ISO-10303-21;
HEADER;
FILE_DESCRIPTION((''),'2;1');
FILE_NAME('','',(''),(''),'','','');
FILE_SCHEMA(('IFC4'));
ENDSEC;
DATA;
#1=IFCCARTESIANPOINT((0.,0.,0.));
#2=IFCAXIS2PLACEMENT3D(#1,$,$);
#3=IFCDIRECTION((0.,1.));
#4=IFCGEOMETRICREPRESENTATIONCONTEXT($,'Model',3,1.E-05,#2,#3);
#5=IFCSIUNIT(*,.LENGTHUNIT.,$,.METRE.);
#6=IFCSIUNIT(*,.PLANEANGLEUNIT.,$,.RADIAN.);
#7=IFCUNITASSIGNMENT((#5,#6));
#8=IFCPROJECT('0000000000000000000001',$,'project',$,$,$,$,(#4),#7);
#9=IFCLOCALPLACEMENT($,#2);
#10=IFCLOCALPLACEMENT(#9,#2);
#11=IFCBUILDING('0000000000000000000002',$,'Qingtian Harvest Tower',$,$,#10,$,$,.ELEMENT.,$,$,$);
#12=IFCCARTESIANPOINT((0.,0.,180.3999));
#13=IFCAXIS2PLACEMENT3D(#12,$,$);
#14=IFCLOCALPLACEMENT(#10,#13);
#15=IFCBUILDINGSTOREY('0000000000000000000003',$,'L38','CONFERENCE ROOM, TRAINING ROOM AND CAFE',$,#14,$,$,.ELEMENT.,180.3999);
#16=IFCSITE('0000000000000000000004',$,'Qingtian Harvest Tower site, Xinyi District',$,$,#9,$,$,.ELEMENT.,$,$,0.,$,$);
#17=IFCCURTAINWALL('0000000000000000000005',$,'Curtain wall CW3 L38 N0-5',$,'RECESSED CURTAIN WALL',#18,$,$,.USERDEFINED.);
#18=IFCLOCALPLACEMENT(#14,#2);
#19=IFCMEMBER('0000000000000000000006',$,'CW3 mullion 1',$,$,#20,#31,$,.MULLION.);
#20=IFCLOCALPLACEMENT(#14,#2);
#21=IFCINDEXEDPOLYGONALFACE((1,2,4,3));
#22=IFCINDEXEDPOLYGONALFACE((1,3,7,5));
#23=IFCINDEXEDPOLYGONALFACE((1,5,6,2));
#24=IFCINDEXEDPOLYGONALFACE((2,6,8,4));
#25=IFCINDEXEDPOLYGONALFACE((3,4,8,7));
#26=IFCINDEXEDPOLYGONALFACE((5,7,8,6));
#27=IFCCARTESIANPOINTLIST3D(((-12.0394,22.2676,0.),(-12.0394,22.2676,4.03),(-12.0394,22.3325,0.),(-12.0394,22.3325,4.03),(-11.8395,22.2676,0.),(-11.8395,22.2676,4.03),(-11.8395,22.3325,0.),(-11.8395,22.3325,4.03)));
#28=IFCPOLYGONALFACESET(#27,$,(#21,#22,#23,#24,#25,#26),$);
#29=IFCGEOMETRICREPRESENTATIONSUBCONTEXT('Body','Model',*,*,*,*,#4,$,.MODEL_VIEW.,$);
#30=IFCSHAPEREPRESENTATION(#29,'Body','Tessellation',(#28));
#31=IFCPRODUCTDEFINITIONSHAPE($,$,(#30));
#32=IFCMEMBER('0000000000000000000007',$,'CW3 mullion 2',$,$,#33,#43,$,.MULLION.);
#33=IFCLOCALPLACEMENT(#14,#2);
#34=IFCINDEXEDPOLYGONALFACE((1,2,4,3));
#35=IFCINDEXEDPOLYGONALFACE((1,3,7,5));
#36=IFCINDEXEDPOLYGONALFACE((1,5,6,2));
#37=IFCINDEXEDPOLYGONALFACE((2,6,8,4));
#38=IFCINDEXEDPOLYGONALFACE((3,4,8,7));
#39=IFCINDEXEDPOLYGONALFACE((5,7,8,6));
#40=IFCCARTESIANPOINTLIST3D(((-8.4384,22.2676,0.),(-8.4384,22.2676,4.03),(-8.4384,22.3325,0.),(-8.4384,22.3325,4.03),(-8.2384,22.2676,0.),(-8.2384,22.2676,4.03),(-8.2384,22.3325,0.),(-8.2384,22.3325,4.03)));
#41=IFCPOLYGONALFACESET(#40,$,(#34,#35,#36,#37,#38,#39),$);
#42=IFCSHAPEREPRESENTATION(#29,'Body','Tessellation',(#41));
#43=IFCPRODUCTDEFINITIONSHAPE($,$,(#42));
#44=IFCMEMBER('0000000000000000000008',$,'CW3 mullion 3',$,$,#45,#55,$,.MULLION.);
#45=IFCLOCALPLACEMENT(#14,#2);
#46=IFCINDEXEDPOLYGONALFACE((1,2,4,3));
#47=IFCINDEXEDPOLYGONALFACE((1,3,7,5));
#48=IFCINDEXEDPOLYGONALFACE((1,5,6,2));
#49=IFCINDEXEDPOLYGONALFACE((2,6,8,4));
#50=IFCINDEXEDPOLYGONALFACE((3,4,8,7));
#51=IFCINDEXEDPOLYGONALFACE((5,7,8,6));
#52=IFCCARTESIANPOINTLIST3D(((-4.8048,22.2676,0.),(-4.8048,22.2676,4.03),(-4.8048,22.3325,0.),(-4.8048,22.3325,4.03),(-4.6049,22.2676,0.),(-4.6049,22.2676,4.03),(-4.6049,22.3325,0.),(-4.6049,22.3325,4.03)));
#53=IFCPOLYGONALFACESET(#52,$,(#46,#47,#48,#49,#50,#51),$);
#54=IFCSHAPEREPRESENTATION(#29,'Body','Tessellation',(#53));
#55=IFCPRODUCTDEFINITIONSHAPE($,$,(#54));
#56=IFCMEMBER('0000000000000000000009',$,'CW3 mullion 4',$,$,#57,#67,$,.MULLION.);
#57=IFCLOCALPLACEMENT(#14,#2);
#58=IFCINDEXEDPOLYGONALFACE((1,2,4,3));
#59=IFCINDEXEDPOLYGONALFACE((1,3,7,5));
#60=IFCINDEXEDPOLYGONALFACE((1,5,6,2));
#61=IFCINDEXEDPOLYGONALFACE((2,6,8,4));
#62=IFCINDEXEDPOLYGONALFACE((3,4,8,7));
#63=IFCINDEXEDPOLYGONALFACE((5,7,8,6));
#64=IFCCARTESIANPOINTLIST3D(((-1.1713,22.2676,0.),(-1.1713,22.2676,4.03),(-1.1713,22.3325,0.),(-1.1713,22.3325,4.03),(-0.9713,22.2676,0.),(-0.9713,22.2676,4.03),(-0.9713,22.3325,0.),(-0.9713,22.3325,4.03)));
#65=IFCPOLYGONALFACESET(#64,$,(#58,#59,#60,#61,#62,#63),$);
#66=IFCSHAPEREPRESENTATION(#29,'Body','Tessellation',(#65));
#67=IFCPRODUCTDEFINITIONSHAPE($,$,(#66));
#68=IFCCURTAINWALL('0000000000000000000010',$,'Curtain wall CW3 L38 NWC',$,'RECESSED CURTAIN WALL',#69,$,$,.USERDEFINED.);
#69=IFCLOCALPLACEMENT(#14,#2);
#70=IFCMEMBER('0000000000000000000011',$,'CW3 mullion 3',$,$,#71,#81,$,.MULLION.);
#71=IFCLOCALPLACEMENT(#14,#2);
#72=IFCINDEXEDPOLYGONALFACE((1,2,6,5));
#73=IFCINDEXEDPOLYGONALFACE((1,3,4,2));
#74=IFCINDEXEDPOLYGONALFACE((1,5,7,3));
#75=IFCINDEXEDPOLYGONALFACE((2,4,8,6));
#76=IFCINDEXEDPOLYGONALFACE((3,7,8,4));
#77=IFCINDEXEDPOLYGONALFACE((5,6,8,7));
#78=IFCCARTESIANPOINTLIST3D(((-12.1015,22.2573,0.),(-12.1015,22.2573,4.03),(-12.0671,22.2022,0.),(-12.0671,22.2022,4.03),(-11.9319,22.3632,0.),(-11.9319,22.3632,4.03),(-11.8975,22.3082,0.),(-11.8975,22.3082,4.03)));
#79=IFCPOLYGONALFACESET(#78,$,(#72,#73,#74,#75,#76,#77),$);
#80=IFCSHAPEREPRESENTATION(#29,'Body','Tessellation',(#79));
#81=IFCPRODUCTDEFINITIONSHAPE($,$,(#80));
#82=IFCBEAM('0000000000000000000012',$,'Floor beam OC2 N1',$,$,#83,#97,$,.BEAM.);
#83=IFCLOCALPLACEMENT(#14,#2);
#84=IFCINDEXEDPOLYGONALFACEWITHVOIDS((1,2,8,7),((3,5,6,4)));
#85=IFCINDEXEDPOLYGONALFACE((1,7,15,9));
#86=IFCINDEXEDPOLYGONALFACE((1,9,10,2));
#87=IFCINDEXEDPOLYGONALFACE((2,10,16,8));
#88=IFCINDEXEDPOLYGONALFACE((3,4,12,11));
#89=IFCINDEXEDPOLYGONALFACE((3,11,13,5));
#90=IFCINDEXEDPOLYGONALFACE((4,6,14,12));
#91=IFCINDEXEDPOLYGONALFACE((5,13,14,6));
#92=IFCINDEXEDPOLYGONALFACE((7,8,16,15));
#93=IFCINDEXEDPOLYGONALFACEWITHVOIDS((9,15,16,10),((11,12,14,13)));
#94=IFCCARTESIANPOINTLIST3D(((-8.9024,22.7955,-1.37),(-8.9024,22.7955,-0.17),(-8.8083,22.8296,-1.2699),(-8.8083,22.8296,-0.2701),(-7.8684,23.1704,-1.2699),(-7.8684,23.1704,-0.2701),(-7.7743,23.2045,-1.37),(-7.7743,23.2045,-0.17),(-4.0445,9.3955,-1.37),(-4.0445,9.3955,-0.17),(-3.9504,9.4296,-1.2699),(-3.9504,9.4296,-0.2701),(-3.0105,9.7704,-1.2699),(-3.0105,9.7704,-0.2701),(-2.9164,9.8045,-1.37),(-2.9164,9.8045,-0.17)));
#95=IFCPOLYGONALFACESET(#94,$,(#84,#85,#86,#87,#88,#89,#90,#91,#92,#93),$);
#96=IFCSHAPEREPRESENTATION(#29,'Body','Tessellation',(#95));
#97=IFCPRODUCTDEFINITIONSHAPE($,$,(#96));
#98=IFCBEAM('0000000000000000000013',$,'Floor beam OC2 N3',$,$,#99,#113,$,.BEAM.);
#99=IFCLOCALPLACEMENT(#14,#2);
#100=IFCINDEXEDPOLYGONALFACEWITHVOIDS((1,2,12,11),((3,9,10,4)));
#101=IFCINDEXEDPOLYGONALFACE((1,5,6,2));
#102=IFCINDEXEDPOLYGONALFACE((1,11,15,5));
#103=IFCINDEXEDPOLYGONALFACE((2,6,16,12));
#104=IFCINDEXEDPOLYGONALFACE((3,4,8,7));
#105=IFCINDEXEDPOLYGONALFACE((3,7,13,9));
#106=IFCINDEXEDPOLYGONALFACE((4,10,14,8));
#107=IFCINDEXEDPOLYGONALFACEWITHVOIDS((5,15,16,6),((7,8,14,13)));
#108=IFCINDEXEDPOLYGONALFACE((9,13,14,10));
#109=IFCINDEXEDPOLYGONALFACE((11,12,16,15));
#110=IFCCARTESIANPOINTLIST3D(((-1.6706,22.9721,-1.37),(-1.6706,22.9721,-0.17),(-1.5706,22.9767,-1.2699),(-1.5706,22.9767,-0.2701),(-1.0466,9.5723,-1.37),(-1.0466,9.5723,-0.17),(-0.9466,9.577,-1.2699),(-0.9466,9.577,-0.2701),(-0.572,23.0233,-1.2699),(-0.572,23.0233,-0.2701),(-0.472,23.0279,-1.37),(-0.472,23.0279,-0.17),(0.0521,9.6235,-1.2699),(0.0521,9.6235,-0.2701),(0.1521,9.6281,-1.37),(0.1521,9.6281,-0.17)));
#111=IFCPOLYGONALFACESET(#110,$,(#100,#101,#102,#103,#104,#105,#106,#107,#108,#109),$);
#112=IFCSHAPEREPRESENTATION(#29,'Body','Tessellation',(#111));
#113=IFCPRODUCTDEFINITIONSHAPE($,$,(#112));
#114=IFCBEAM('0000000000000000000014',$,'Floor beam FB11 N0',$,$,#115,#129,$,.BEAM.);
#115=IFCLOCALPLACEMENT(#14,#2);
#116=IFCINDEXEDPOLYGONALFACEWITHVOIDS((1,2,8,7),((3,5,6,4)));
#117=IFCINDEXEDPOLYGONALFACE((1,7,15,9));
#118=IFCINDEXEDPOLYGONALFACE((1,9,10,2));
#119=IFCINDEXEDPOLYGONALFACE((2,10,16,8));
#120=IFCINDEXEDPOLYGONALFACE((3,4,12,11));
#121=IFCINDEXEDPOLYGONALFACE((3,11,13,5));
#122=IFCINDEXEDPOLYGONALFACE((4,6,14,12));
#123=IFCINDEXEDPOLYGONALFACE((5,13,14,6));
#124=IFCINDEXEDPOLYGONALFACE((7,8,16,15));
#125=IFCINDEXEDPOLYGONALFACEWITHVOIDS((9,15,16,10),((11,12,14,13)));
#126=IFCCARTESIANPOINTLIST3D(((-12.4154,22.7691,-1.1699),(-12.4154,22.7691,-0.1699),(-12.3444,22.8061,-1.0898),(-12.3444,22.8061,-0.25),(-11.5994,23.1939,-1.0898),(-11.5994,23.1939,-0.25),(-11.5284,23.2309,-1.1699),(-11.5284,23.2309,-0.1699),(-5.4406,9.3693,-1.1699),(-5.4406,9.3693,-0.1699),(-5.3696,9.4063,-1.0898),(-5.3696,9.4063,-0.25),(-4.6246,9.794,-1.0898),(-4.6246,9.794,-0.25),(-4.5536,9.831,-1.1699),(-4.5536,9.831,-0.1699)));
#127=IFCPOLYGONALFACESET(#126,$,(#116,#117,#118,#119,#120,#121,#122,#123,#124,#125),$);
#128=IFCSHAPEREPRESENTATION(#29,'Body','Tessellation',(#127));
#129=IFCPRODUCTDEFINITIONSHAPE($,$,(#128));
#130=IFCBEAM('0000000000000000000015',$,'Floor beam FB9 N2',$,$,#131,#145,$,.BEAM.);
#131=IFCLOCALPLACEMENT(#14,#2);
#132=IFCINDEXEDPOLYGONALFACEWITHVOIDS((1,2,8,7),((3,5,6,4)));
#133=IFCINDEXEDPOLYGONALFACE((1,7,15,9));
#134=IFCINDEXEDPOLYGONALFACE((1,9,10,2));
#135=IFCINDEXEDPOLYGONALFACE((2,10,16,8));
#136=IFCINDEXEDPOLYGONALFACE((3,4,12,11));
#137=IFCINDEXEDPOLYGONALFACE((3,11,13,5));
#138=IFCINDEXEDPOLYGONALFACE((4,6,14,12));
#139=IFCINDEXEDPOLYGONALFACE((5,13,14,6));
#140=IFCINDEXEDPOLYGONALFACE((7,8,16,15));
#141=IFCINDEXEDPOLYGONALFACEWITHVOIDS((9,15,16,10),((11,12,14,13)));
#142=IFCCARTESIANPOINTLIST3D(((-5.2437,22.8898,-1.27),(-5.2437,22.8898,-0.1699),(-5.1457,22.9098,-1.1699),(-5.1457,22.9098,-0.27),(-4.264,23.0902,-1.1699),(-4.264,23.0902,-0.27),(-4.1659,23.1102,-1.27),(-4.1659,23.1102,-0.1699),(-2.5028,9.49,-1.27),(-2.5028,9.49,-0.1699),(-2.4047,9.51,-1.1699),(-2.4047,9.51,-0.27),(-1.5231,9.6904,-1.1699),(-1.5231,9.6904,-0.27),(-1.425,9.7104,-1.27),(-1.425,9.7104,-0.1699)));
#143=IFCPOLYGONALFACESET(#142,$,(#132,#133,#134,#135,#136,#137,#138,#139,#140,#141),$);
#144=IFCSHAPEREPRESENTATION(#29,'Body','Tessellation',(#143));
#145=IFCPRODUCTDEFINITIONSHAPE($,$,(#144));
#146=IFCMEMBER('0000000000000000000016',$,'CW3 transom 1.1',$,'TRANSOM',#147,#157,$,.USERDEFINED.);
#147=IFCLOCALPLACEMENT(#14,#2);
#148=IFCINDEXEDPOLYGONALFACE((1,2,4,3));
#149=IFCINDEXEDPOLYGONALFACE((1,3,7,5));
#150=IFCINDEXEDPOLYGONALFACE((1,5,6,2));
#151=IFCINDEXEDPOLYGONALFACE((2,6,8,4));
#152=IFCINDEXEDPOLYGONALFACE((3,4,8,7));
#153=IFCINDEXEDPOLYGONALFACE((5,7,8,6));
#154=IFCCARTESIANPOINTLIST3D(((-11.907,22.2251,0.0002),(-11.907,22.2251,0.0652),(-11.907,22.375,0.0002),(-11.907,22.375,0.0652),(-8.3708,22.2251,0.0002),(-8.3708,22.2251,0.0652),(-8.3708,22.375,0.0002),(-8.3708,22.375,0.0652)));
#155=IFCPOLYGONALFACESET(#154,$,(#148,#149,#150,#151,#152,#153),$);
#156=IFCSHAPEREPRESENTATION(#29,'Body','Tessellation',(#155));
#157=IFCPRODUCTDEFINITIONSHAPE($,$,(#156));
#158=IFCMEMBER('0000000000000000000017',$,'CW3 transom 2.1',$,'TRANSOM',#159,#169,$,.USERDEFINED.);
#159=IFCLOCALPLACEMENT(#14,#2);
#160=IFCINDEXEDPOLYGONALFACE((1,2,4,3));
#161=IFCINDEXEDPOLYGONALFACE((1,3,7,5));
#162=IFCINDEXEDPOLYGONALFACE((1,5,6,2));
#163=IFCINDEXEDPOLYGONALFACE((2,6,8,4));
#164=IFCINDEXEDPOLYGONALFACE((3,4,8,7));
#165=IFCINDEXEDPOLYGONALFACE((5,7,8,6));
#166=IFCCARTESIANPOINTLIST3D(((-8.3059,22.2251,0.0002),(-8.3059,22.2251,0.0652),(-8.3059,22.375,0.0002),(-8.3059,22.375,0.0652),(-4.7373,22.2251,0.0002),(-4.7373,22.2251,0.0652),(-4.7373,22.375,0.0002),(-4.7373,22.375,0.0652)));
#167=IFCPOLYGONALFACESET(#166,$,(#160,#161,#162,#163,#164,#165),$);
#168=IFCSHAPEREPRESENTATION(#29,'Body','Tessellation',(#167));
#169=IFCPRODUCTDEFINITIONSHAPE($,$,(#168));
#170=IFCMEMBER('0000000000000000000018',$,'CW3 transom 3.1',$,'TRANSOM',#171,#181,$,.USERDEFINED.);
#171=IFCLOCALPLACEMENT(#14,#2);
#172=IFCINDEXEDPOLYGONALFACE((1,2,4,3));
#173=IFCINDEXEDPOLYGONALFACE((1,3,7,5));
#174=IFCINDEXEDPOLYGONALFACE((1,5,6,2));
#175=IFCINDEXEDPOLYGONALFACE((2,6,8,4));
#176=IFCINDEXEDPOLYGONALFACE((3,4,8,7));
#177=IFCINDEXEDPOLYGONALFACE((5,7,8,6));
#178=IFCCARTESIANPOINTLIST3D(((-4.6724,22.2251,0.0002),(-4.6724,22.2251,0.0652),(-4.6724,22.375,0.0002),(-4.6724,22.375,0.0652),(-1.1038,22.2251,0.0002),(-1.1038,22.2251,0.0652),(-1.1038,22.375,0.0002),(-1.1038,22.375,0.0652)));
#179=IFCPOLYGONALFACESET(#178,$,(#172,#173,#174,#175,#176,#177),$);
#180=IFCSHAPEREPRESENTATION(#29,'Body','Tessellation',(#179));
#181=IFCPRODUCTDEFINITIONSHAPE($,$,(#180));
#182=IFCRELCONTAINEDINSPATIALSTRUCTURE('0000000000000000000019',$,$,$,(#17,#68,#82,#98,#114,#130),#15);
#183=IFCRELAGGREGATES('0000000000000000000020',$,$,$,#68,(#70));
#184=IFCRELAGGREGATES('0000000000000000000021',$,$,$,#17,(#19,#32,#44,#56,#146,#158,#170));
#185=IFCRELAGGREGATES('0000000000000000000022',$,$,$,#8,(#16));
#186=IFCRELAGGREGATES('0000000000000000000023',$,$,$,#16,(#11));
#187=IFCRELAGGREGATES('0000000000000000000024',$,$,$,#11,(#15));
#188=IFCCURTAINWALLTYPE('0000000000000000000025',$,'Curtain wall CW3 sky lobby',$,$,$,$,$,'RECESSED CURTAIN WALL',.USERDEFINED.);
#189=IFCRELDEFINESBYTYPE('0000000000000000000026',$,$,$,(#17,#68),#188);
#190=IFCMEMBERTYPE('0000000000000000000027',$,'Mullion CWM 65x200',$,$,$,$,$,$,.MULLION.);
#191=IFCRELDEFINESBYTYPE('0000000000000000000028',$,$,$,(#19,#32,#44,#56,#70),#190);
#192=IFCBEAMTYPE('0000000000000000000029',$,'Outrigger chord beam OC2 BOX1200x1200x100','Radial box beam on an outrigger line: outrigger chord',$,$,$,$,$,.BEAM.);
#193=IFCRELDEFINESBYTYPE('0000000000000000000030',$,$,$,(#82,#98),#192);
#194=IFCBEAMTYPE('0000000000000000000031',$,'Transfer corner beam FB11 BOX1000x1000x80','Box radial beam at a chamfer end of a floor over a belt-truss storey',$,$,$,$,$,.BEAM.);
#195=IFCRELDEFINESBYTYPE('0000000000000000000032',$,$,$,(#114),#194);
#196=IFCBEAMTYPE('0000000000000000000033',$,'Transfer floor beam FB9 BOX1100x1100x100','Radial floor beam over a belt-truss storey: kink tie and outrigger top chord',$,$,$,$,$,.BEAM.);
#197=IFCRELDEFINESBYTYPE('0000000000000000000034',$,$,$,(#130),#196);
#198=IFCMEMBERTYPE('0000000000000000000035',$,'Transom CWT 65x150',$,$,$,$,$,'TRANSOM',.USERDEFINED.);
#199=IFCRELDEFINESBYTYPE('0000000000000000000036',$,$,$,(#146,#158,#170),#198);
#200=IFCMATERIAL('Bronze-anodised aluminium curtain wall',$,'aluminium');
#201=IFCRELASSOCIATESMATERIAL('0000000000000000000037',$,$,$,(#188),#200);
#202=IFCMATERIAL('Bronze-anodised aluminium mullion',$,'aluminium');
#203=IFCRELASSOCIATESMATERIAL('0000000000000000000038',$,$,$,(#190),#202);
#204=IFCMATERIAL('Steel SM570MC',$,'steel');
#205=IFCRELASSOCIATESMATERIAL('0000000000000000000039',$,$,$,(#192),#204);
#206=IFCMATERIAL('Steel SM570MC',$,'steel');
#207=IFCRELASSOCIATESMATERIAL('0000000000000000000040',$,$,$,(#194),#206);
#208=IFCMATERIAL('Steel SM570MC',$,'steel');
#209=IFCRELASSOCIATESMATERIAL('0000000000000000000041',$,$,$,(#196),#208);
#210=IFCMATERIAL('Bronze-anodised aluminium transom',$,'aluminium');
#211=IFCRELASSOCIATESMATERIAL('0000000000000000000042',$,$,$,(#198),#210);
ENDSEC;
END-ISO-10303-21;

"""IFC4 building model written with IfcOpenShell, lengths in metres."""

from ifc_helpers import new_model, si_unit, direction, frame, origin, origin_2d, place, context, subcontext, project, spatial, rectangle, hollow_rectangle, extrude, material, material_profile, profile_set, type_object, element, aggregate, save


model = new_model("IFC4")

# Units and contexts
model_context = context("Model", 3, precision=1e-05, world=origin(), true_north=direction((0.0, 1.0)))
body_context = subcontext(model_context, "Body", "Model", "MODEL_VIEW")
ifc_project = project(units=[si_unit("LENGTHUNIT", "METRE"), si_unit("PLANEANGLEUNIT", "RADIAN")], contexts=[model_context])

# Site, building, storey
site_placement = place(None, origin())
site = spatial("IfcSite", under=ifc_project, at=site_placement, Name="Qingtian Harvest Tower site, Xinyi District", CompositionType="ELEMENT", RefElevation=0.0)
building_placement = place(site_placement, origin())
building = spatial("IfcBuilding", under=site, at=building_placement, Name="Qingtian Harvest Tower", CompositionType="ELEMENT")
storey_placement = place(building_placement, frame((0.0, 0.0, 180.3999)))
storey = spatial("IfcBuildingStorey", under=building, at=storey_placement, Name="L38", Description="CONFERENCE ROOM, TRAINING ROOM AND CAFE", CompositionType="ELEMENT", Elevation=180.3999)

# Curtain wall, members
ifc_material_1 = material(Name="Bronze-anodised aluminium curtain wall", Category="aluminium")
curtain_wall_type = type_object("IfcCurtainWallType", Name="Curtain wall CW3 sky lobby", ElementType="RECESSED CURTAIN WALL", PredefinedType="USERDEFINED", material=ifc_material_1)
curtain_wall_1_placement = place(storey_placement, origin())
curtain_wall_1 = element("IfcCurtainWall", 1, at=curtain_wall_1_placement, inside=storey, type_object=curtain_wall_type, Name="Curtain wall CW3 L38 N0-5", ObjectType="RECESSED CURTAIN WALL", PredefinedType="USERDEFINED")
ifc_material_2 = material(Name="Bronze-anodised aluminium mullion", Category="aluminium")
ifc_material_profile_1 = material_profile(ifc_material_2, rectangle(XDim=0.0649, YDim=0.2, at=origin_2d()), Name="AL 65x200")
ifc_profile_set_1 = profile_set([ifc_material_profile_1], Name="Bronze-anodised aluminium mullion")
member_type_1 = type_object("IfcMemberType", Name="Mullion CWM 65x200", PredefinedType="MULLION", material=ifc_profile_set_1)
member_1_placement = place(storey_placement, frame((-11.9395, 22.3, 0.0), z_axis=(0.0, 0.0, 1.0), x_axis=(0.0, 1.0, 0.0)))
member_1 = element("IfcMember", 2, at=member_1_placement, type_object=member_type_1, Name="CW3 mullion 1", PredefinedType="MULLION", context=body_context, shape_type="SweptSolid", body=[
    extrude(rectangle(XDim=0.0649, YDim=0.2, at=origin_2d()), origin(), (0.0, 0.0, 1.0), 4.03),
])
member_2_placement = place(storey_placement, frame((-8.3384, 22.3, 0.0), z_axis=(0.0, 0.0, 1.0), x_axis=(0.0, 1.0, 0.0)))
member_2 = element("IfcMember", 3, at=member_2_placement, type_object=member_type_1, Name="CW3 mullion 2", PredefinedType="MULLION", context=body_context, shape_type="SweptSolid", body=[
    extrude(rectangle(XDim=0.0649, YDim=0.2, at=origin_2d()), origin(), (0.0, 0.0, 1.0), 4.03),
])
member_3_placement = place(storey_placement, frame((-4.7048, 22.3, 0.0), z_axis=(0.0, 0.0, 1.0), x_axis=(0.0, 1.0, 0.0)))
member_3 = element("IfcMember", 4, at=member_3_placement, type_object=member_type_1, Name="CW3 mullion 3", PredefinedType="MULLION", context=body_context, shape_type="SweptSolid", body=[
    extrude(rectangle(XDim=0.0649, YDim=0.2, at=origin_2d()), origin(), (0.0, 0.0, 1.0), 4.03),
])
member_4_placement = place(storey_placement, frame((-1.0713, 22.3, 0.0), z_axis=(0.0, 0.0, 1.0), x_axis=(0.0, 1.0, 0.0)))
member_4 = element("IfcMember", 5, at=member_4_placement, type_object=member_type_1, Name="CW3 mullion 4", PredefinedType="MULLION", context=body_context, shape_type="SweptSolid", body=[
    extrude(rectangle(XDim=0.0649, YDim=0.2, at=origin_2d()), origin(), (0.0, 0.0, 1.0), 4.03),
])

# Curtain wall, member
curtain_wall_2_placement = place(storey_placement, origin())
curtain_wall_2 = element("IfcCurtainWall", 6, at=curtain_wall_2_placement, inside=storey, type_object=curtain_wall_type, Name="Curtain wall CW3 L38 NWC", ObjectType="RECESSED CURTAIN WALL", PredefinedType="USERDEFINED")
member_5_placement = place(storey_placement, frame((-11.9995, 22.2827, 0.0), z_axis=(0.0, 0.0, 1.0), x_axis=(-0.529919, 0.848048, 0.0)))
member_5 = element("IfcMember", 7, at=member_5_placement, type_object=member_type_1, Name="CW3 mullion 3", PredefinedType="MULLION", context=body_context, shape_type="SweptSolid", body=[
    extrude(rectangle(XDim=0.0649, YDim=0.2, at=origin_2d()), origin(), (0.0, 0.0, 1.0), 4.03),
])
aggregate(curtain_wall_2, [member_5])

# Beams
ifc_material_3 = material(Name="Steel SM570MC", Category="steel")
ifc_material_profile_2 = material_profile(ifc_material_3, hollow_rectangle(XDim=1.2, YDim=1.2, WallThickness=0.1001, at=origin_2d()), Name="BOX1200x1200x100")
ifc_profile_set_2 = profile_set([ifc_material_profile_2], Name="Steel SM570MC")
beam_type_1 = type_object("IfcBeamType", Name="Outrigger chord beam OC2 BOX1200x1200x100", Description="Radial box beam on an outrigger line: outrigger chord", PredefinedType="BEAM", material=ifc_profile_set_2)
beam_1_placement = place(storey_placement, frame((-8.3384, 23.0, -0.77), z_axis=(0.340827, -0.940126, 0.0), x_axis=(0.940126, 0.340827, 0.0)))
element("IfcBeam", 8, at=beam_1_placement, inside=storey, type_object=beam_type_1, Name="Floor beam OC2 N1", PredefinedType="BEAM", context=body_context, shape_type="SweptSolid", body=[
    extrude(hollow_rectangle(XDim=1.2, YDim=1.2, WallThickness=0.1001, at=origin_2d()), origin(), (0.0, 0.0, 1.0), 14.2534),
])
beam_2_placement = place(storey_placement, frame((-1.0713, 23.0, -0.77), z_axis=(0.046519, -0.998917, 0.0), x_axis=(0.998917, 0.046519, 0.0)))
element("IfcBeam", 9, at=beam_2_placement, inside=storey, type_object=beam_type_1, Name="Floor beam OC2 N3", PredefinedType="BEAM", context=body_context, shape_type="SweptSolid", body=[
    extrude(hollow_rectangle(XDim=1.2, YDim=1.2, WallThickness=0.1001, at=origin_2d()), origin(), (0.0, 0.0, 1.0), 13.4143),
])
ifc_material_4 = material(Name="Steel SM570MC", Category="steel")
ifc_material_profile_3 = material_profile(ifc_material_4, hollow_rectangle(XDim=1.0, YDim=1.0, WallThickness=0.0801, at=origin_2d()), Name="BOX1000x1000x80")
ifc_profile_set_3 = profile_set([ifc_material_profile_3], Name="Steel SM570MC")
beam_type_2 = type_object("IfcBeamType", Name="Transfer corner beam FB11 BOX1000x1000x80", Description="Box radial beam at a chamfer end of a floor over a belt-truss storey", PredefinedType="BEAM", material=ifc_profile_set_3)
beam_3_placement = place(storey_placement, frame((-11.9719, 23.0, -0.6699), z_axis=(0.461712, -0.88703, 0.0), x_axis=(0.88703, 0.461712, 0.0)))
element("IfcBeam", 10, at=beam_3_placement, inside=storey, type_object=beam_type_2, Name="Floor beam FB11 N0", PredefinedType="BEAM", context=body_context, shape_type="SweptSolid", body=[
    extrude(hollow_rectangle(XDim=1.0, YDim=1.0, WallThickness=0.0801, at=origin_2d()), origin(), (0.0, 0.0, 1.0), 15.1064),
])
ifc_material_5 = material(Name="Steel SM570MC", Category="steel")
ifc_material_profile_4 = material_profile(ifc_material_5, hollow_rectangle(XDim=1.1001, YDim=1.1001, WallThickness=0.1001, at=origin_2d()), Name="BOX1100x1100x100")
ifc_profile_set_4 = profile_set([ifc_material_profile_4], Name="Steel SM570MC")
beam_type_3 = type_object("IfcBeamType", Name="Transfer floor beam FB9 BOX1100x1100x100", Description="Radial floor beam over a belt-truss storey: kink tie and outrigger top chord", PredefinedType="BEAM", material=ifc_profile_set_4)
beam_4_placement = place(storey_placement, frame((-4.7048, 23.0, -0.72), z_axis=(0.200402, -0.979714, 0.0), x_axis=(0.979714, 0.200402, 0.0)))
element("IfcBeam", 11, at=beam_4_placement, inside=storey, type_object=beam_type_3, Name="Floor beam FB9 N2", PredefinedType="BEAM", context=body_context, shape_type="SweptSolid", body=[
    extrude(hollow_rectangle(XDim=1.1001, YDim=1.1001, WallThickness=0.1001, at=origin_2d()), origin(), (0.0, 0.0, 1.0), 13.6772),
])

# Members
ifc_material_6 = material(Name="Bronze-anodised aluminium transom", Category="aluminium")
ifc_material_profile_5 = material_profile(ifc_material_6, rectangle(XDim=0.1499, YDim=0.0649, at=origin_2d()), Name="AL 65x150")
ifc_profile_set_5 = profile_set([ifc_material_profile_5], Name="Bronze-anodised aluminium transom")
member_type_2 = type_object("IfcMemberType", Name="Transom CWT 65x150", ElementType="TRANSOM", PredefinedType="USERDEFINED", material=ifc_profile_set_5)
member_6_placement = place(storey_placement, frame((-11.907, 22.3, 0.0327), z_axis=(1.0, 0.0, 0.0), x_axis=(0.0, 1.0, 0.0)))
member_6 = element("IfcMember", 12, at=member_6_placement, type_object=member_type_2, Name="CW3 transom 1.1", ObjectType="TRANSOM", PredefinedType="USERDEFINED", context=body_context, shape_type="SweptSolid", body=[
    extrude(rectangle(XDim=0.1499, YDim=0.0649, at=origin_2d()), origin(), (0.0, 0.0, 1.0), 3.5361),
])
member_7_placement = place(storey_placement, frame((-8.3059, 22.3, 0.0327), z_axis=(1.0, 0.0, 0.0), x_axis=(0.0, 1.0, 0.0)))
member_7 = element("IfcMember", 13, at=member_7_placement, type_object=member_type_2, Name="CW3 transom 2.1", ObjectType="TRANSOM", PredefinedType="USERDEFINED", context=body_context, shape_type="SweptSolid", body=[
    extrude(rectangle(XDim=0.1499, YDim=0.0649, at=origin_2d()), origin(), (0.0, 0.0, 1.0), 3.5686),
])
member_8_placement = place(storey_placement, frame((-4.6724, 22.3, 0.0327), z_axis=(1.0, 0.0, 0.0), x_axis=(0.0, 1.0, 0.0)))
member_8 = element("IfcMember", 14, at=member_8_placement, type_object=member_type_2, Name="CW3 transom 3.1", ObjectType="TRANSOM", PredefinedType="USERDEFINED", context=body_context, shape_type="SweptSolid", body=[
    extrude(rectangle(XDim=0.1499, YDim=0.0649, at=origin_2d()), origin(), (0.0, 0.0, 1.0), 3.5686),
])

aggregate(curtain_wall_1, [member_1, member_2, member_3, member_4, member_6, member_7, member_8])

save(model, "model.ifc")
